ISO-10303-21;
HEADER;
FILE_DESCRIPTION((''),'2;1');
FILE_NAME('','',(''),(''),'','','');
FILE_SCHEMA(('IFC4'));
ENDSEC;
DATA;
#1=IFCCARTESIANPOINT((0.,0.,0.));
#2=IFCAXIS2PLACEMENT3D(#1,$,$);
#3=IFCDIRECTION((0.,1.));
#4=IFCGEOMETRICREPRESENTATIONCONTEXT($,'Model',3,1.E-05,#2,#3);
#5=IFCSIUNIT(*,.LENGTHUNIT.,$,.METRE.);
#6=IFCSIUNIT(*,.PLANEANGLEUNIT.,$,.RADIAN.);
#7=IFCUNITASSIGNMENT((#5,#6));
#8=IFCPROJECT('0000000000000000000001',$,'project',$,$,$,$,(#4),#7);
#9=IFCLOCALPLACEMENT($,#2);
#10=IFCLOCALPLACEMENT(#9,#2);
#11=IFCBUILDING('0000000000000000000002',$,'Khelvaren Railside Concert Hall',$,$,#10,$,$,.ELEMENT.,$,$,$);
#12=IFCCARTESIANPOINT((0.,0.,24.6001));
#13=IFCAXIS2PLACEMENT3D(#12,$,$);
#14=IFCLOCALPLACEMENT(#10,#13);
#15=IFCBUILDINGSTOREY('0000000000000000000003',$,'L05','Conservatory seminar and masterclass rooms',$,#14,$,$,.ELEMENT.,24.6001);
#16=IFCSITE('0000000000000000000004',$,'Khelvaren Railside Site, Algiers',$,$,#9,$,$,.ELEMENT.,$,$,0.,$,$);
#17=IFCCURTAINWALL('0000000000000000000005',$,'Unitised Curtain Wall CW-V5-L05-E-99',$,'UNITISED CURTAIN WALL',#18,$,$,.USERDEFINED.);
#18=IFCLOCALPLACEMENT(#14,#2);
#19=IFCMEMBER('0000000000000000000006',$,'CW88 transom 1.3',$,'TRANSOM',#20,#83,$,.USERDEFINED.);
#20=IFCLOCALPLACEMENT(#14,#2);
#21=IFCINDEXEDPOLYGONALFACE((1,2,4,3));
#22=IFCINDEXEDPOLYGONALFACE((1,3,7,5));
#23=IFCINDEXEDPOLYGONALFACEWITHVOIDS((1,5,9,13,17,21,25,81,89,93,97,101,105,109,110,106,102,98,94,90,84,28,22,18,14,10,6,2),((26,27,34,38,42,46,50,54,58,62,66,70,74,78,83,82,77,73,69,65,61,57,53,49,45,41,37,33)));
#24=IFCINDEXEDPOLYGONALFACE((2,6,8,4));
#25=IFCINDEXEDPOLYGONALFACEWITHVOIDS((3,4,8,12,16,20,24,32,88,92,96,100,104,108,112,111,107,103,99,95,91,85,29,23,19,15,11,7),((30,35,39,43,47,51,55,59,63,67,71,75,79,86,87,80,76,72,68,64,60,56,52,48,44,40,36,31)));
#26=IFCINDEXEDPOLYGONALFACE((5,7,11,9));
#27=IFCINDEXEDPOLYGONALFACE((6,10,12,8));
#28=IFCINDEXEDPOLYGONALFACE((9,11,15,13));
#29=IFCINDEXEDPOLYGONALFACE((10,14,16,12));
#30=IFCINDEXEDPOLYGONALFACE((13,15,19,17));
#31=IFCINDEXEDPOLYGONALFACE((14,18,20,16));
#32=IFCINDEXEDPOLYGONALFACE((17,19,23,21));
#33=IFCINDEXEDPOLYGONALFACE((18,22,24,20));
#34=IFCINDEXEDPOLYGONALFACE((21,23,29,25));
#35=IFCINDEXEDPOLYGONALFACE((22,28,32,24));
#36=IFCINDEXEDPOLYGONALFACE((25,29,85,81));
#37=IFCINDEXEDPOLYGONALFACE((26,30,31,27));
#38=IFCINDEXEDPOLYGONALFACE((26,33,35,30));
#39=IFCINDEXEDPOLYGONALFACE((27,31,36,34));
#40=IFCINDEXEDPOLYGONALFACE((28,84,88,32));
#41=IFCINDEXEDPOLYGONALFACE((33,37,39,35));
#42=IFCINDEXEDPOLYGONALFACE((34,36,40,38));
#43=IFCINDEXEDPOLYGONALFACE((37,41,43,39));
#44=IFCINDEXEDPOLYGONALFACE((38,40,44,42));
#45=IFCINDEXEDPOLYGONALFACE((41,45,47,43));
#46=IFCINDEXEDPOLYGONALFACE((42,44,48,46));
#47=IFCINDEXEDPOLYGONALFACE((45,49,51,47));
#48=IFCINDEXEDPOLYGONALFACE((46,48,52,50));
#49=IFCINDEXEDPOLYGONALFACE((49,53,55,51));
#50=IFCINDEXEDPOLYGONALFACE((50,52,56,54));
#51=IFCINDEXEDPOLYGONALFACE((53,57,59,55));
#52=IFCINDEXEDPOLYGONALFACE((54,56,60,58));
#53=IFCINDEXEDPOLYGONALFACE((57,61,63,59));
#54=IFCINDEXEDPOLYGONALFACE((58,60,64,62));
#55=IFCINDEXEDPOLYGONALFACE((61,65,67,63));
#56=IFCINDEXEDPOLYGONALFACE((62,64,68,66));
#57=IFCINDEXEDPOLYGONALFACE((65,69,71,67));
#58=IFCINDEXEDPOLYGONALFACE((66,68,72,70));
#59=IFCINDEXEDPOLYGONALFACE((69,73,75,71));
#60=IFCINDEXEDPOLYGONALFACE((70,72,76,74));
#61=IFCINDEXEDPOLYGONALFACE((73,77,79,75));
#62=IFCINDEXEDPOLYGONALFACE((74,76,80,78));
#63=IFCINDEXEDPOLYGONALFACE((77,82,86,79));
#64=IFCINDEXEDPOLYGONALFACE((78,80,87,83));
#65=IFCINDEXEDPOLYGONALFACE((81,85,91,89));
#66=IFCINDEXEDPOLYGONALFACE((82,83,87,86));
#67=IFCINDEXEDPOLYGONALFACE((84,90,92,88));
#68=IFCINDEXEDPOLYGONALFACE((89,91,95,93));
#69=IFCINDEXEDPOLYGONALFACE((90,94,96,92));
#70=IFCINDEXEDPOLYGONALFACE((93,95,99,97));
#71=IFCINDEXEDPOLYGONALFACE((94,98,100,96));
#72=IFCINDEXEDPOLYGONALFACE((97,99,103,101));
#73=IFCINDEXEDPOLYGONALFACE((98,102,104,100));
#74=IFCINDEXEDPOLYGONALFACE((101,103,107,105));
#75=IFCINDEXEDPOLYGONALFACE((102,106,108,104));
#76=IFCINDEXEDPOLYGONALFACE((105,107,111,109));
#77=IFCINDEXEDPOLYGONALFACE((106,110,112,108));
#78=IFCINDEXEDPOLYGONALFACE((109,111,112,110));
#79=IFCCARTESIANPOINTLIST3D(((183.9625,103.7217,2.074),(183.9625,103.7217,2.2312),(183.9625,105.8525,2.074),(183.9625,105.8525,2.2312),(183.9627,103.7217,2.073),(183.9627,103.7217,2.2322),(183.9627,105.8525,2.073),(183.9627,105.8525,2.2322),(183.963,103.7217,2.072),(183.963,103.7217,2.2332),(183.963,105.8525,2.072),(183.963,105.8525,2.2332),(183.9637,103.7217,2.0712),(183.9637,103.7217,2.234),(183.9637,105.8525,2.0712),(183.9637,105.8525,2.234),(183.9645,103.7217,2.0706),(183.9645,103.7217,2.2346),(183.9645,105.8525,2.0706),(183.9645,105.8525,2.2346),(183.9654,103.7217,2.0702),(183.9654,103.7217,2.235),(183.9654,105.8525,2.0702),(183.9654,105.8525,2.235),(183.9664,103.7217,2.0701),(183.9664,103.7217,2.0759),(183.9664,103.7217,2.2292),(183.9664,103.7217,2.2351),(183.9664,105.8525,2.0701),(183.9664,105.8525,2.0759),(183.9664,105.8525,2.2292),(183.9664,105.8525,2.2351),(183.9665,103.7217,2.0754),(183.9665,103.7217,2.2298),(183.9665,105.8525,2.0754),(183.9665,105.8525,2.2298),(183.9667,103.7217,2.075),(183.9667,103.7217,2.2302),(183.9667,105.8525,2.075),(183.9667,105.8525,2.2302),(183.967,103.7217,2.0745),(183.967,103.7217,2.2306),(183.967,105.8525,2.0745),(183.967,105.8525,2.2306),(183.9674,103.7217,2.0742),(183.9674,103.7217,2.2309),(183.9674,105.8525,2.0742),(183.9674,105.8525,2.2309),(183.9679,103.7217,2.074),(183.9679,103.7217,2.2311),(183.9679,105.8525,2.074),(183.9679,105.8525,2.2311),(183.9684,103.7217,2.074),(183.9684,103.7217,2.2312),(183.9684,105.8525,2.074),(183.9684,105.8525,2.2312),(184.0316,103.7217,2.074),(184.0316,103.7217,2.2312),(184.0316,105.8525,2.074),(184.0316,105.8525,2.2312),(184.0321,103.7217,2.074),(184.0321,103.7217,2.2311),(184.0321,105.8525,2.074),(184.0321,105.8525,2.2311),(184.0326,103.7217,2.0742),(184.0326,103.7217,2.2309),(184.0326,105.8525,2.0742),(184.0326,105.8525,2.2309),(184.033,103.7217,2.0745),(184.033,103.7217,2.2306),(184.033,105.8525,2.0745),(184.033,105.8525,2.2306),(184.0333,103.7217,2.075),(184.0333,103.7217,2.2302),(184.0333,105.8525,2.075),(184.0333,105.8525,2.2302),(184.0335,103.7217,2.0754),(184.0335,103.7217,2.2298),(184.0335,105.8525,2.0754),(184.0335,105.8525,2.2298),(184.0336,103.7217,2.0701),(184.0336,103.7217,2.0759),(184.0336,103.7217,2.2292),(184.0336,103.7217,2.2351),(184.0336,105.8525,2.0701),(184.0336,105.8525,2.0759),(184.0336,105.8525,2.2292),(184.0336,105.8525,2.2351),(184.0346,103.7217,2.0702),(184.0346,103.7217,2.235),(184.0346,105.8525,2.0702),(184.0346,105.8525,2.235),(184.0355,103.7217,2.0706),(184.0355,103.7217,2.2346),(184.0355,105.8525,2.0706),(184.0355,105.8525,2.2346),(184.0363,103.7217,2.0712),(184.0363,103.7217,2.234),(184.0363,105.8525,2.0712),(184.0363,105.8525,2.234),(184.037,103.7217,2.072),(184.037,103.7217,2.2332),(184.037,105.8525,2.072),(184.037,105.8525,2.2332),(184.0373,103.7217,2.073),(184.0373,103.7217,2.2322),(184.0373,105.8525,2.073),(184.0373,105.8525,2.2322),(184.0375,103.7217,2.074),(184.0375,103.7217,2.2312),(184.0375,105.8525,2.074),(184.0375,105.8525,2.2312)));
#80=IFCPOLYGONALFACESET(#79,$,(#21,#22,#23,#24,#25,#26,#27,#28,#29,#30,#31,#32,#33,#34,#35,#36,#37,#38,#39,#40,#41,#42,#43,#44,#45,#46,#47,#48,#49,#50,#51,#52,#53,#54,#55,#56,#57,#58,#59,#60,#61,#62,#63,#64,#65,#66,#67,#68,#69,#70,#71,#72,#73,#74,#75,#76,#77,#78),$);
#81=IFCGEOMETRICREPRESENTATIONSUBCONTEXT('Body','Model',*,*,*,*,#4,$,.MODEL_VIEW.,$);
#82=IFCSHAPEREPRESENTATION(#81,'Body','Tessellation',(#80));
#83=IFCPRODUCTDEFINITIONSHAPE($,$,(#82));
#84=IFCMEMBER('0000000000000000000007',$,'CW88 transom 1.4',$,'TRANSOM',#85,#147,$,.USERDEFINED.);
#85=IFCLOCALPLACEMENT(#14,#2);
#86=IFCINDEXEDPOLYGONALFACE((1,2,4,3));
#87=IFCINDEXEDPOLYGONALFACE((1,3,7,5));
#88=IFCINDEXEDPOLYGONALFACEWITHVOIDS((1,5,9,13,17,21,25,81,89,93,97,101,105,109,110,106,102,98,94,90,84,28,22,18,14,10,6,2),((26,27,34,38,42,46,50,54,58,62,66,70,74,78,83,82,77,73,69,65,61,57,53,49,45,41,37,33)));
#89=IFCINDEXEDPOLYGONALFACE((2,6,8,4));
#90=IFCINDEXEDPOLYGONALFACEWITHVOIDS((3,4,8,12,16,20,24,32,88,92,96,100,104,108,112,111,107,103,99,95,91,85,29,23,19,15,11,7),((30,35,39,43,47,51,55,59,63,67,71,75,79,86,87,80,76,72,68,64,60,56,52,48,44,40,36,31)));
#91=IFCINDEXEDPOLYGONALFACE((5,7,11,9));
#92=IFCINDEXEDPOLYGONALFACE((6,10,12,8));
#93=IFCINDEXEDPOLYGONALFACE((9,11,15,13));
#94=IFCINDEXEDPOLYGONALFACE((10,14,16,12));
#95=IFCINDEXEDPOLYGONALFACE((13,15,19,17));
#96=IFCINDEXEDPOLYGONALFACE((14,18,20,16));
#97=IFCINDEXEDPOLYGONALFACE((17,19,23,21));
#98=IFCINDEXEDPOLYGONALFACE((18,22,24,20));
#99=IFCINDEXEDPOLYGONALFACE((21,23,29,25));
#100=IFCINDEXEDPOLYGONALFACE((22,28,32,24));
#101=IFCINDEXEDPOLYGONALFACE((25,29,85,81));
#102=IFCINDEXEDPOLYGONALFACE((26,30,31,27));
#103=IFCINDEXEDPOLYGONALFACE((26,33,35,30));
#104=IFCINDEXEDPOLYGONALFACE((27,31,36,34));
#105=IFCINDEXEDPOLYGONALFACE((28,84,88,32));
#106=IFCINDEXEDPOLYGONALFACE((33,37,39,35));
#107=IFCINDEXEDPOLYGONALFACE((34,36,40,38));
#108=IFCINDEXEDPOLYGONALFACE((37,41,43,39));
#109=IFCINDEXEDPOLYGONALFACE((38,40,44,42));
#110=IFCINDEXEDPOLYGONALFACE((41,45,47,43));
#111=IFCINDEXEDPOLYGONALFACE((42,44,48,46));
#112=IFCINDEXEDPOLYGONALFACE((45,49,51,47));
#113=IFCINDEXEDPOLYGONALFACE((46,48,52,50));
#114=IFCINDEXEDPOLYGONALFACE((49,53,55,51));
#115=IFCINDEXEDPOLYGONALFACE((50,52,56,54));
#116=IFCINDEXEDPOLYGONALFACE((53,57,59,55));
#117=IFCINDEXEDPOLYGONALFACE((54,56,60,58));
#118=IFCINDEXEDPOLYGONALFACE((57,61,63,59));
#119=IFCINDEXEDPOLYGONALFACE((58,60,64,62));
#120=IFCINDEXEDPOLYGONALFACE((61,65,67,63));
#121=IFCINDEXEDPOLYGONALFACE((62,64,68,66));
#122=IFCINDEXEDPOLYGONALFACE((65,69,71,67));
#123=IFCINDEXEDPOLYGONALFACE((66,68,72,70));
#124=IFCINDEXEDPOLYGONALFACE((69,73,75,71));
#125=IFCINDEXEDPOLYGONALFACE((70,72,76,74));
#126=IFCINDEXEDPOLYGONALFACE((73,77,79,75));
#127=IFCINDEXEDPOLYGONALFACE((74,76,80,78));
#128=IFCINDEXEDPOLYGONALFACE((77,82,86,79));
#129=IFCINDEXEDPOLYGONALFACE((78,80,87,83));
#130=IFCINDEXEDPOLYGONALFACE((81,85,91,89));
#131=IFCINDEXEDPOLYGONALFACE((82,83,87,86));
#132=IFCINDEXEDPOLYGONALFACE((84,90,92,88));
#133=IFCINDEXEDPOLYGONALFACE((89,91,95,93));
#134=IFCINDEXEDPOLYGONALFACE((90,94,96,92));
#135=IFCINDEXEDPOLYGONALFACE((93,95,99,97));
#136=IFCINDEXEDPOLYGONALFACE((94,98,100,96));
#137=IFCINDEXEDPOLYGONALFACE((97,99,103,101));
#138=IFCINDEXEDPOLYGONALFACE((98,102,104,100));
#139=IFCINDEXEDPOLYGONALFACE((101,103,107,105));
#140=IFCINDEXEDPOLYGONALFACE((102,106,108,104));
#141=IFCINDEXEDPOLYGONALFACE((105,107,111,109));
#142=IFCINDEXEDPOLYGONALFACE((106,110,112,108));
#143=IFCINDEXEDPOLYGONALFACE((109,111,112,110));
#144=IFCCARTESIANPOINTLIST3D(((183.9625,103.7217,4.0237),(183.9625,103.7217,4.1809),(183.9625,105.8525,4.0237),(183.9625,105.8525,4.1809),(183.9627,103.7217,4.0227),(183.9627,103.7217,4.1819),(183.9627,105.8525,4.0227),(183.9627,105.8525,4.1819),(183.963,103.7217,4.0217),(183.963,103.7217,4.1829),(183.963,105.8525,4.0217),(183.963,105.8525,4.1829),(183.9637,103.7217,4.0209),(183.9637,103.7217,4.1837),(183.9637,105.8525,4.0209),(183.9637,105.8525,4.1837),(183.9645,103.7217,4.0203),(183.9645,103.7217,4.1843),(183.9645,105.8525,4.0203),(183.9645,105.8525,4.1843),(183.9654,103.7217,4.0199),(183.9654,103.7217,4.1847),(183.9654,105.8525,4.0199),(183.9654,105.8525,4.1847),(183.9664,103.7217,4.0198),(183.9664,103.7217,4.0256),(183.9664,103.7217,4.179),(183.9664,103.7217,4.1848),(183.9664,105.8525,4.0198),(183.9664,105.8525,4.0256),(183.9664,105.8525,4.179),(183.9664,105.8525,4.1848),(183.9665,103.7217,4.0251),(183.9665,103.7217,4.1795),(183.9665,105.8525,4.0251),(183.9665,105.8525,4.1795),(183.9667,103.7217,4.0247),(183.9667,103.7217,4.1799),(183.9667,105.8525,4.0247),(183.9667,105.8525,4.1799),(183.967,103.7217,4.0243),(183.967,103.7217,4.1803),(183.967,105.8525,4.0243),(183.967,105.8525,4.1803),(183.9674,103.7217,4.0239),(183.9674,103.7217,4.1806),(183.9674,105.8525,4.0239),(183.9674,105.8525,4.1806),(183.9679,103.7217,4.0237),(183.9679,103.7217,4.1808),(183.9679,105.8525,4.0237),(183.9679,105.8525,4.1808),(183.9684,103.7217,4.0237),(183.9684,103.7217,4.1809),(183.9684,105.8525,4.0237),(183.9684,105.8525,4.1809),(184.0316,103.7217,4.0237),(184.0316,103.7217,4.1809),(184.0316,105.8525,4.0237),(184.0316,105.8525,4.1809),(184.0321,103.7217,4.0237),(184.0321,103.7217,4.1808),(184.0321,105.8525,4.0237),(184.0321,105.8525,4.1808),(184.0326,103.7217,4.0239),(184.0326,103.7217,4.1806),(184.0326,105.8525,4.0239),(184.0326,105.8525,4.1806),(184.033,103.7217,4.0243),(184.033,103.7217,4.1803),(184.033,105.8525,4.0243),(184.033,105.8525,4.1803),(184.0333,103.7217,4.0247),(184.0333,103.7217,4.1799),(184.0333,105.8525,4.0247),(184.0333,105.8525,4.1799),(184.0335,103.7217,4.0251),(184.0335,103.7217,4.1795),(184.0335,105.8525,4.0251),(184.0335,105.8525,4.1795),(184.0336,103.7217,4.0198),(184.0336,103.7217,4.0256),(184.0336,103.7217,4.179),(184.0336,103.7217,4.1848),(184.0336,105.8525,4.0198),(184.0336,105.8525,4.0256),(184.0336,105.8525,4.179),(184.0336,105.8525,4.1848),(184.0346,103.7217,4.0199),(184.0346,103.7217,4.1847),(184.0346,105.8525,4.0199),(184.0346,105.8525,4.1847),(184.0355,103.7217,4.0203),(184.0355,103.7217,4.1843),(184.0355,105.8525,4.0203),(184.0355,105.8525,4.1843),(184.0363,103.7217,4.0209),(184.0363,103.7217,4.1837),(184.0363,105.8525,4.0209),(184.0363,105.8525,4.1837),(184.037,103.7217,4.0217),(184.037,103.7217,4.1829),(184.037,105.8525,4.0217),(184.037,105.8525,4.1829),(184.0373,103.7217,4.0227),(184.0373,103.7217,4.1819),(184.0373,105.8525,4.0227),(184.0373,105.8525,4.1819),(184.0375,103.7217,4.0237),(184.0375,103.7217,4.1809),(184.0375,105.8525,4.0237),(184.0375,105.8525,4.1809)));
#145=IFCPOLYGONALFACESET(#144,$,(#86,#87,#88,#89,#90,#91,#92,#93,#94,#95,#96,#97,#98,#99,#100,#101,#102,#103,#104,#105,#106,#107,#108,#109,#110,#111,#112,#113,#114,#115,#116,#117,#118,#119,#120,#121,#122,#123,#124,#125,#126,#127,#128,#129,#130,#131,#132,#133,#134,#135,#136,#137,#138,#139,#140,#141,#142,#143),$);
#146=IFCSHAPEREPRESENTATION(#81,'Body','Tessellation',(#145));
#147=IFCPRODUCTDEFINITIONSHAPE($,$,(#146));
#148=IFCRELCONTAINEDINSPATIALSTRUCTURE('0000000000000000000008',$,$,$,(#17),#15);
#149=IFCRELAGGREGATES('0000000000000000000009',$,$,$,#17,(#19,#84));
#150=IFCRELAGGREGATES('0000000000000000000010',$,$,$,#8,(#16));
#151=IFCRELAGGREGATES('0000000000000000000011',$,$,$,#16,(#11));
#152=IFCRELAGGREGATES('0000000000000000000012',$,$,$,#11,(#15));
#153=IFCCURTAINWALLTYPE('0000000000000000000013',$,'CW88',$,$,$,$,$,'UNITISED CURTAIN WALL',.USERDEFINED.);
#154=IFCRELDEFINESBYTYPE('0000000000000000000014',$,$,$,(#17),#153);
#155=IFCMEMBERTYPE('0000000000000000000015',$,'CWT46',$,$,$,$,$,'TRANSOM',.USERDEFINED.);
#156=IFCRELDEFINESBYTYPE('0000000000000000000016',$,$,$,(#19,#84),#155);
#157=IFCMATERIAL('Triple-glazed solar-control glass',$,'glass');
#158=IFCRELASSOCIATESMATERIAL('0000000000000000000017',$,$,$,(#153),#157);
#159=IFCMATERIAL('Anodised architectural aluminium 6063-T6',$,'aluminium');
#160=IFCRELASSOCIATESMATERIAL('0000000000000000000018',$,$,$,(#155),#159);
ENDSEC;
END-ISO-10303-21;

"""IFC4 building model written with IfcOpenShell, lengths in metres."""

from ifc_helpers import new_model, si_unit, direction, frame, origin, origin_2d, place, context, subcontext, project, spatial, hollow_rectangle, extrude, material, material_profile, profile_set, type_object, element, aggregate, save


model = new_model("IFC4")

# Units and contexts
model_context = context("Model", 3, precision=1e-05, world=origin(), true_north=direction((0.0, 1.0)))
body_context = subcontext(model_context, "Body", "Model", "MODEL_VIEW")
ifc_project = project(units=[si_unit("LENGTHUNIT", "METRE"), si_unit("PLANEANGLEUNIT", "RADIAN")], contexts=[model_context])

# Site, building, storey
site_placement = place(None, origin())
site = spatial("IfcSite", under=ifc_project, at=site_placement, Name="Khelvaren Railside Site, Algiers", CompositionType="ELEMENT", RefElevation=0.0)
building_placement = place(site_placement, origin())
building = spatial("IfcBuilding", under=site, at=building_placement, Name="Khelvaren Railside Concert Hall", CompositionType="ELEMENT")
storey_placement = place(building_placement, frame((0.0, 0.0, 24.6001)))
storey = spatial("IfcBuildingStorey", under=building, at=storey_placement, Name="L05", Description="Conservatory seminar and masterclass rooms", CompositionType="ELEMENT", Elevation=24.6001)

# Curtain wall
ifc_material_1 = material(Name="Triple-glazed solar-control glass", Category="glass")
curtain_wall_type_1 = type_object("IfcCurtainWallType", Name="CW88", ElementType="UNITISED CURTAIN WALL", PredefinedType="USERDEFINED", material=ifc_material_1)
curtain_wall_1_placement = place(storey_placement, origin())
curtain_wall_1 = element("IfcCurtainWall", 1, at=curtain_wall_1_placement, inside=storey, type_object=curtain_wall_type_1, Name="Unitised Curtain Wall CW-V5-L05-E-99", ObjectType="UNITISED CURTAIN WALL", PredefinedType="USERDEFINED")
ifc_material_2 = material(Name="Anodised architectural aluminium 6063-T6", Category="aluminium")

# Members
ifc_material_profile_1 = material_profile(ifc_material_2, hollow_rectangle(XDim=0.075, YDim=0.165, WallThickness=0.0039, InnerFilletRadius=0.002, OuterFilletRadius=0.0039, at=origin_2d()), Name="CWT 75x165x4")
ifc_profile_set_1 = profile_set([ifc_material_profile_1], Name="Anodised architectural aluminium 6063-T6")
member_type_1 = type_object("IfcMemberType", Name="CWT46", ElementType="TRANSOM", PredefinedType="USERDEFINED", material=ifc_profile_set_1)
member_1_placement = place(storey_placement, frame((184.0, 105.8525, 2.1526), z_axis=(0.0, -1.0, 0.0), x_axis=(1.0, 0.0, 0.0)))
member_1 = element("IfcMember", 2, at=member_1_placement, type_object=member_type_1, Name="CW88 transom 1.3", ObjectType="TRANSOM", PredefinedType="USERDEFINED", context=body_context, shape_type="SweptSolid", body=[
    extrude(hollow_rectangle(XDim=0.075, YDim=0.165, WallThickness=0.0039, InnerFilletRadius=0.002, OuterFilletRadius=0.0039, at=origin_2d()), origin(), (0.0, 0.0, 1.0), 2.1309),
])
member_2_placement = place(storey_placement, frame((184.0, 105.8525, 4.1023), z_axis=(0.0, -1.0, 0.0), x_axis=(1.0, 0.0, 0.0)))
member_2 = element("IfcMember", 3, at=member_2_placement, type_object=member_type_1, Name="CW88 transom 1.4", ObjectType="TRANSOM", PredefinedType="USERDEFINED", context=body_context, shape_type="SweptSolid", body=[
    extrude(hollow_rectangle(XDim=0.075, YDim=0.165, WallThickness=0.0039, InnerFilletRadius=0.002, OuterFilletRadius=0.0039, at=origin_2d()), origin(), (0.0, 0.0, 1.0), 2.1309),
])

aggregate(curtain_wall_1, [member_1, member_2])

save(model, "model.ifc")
